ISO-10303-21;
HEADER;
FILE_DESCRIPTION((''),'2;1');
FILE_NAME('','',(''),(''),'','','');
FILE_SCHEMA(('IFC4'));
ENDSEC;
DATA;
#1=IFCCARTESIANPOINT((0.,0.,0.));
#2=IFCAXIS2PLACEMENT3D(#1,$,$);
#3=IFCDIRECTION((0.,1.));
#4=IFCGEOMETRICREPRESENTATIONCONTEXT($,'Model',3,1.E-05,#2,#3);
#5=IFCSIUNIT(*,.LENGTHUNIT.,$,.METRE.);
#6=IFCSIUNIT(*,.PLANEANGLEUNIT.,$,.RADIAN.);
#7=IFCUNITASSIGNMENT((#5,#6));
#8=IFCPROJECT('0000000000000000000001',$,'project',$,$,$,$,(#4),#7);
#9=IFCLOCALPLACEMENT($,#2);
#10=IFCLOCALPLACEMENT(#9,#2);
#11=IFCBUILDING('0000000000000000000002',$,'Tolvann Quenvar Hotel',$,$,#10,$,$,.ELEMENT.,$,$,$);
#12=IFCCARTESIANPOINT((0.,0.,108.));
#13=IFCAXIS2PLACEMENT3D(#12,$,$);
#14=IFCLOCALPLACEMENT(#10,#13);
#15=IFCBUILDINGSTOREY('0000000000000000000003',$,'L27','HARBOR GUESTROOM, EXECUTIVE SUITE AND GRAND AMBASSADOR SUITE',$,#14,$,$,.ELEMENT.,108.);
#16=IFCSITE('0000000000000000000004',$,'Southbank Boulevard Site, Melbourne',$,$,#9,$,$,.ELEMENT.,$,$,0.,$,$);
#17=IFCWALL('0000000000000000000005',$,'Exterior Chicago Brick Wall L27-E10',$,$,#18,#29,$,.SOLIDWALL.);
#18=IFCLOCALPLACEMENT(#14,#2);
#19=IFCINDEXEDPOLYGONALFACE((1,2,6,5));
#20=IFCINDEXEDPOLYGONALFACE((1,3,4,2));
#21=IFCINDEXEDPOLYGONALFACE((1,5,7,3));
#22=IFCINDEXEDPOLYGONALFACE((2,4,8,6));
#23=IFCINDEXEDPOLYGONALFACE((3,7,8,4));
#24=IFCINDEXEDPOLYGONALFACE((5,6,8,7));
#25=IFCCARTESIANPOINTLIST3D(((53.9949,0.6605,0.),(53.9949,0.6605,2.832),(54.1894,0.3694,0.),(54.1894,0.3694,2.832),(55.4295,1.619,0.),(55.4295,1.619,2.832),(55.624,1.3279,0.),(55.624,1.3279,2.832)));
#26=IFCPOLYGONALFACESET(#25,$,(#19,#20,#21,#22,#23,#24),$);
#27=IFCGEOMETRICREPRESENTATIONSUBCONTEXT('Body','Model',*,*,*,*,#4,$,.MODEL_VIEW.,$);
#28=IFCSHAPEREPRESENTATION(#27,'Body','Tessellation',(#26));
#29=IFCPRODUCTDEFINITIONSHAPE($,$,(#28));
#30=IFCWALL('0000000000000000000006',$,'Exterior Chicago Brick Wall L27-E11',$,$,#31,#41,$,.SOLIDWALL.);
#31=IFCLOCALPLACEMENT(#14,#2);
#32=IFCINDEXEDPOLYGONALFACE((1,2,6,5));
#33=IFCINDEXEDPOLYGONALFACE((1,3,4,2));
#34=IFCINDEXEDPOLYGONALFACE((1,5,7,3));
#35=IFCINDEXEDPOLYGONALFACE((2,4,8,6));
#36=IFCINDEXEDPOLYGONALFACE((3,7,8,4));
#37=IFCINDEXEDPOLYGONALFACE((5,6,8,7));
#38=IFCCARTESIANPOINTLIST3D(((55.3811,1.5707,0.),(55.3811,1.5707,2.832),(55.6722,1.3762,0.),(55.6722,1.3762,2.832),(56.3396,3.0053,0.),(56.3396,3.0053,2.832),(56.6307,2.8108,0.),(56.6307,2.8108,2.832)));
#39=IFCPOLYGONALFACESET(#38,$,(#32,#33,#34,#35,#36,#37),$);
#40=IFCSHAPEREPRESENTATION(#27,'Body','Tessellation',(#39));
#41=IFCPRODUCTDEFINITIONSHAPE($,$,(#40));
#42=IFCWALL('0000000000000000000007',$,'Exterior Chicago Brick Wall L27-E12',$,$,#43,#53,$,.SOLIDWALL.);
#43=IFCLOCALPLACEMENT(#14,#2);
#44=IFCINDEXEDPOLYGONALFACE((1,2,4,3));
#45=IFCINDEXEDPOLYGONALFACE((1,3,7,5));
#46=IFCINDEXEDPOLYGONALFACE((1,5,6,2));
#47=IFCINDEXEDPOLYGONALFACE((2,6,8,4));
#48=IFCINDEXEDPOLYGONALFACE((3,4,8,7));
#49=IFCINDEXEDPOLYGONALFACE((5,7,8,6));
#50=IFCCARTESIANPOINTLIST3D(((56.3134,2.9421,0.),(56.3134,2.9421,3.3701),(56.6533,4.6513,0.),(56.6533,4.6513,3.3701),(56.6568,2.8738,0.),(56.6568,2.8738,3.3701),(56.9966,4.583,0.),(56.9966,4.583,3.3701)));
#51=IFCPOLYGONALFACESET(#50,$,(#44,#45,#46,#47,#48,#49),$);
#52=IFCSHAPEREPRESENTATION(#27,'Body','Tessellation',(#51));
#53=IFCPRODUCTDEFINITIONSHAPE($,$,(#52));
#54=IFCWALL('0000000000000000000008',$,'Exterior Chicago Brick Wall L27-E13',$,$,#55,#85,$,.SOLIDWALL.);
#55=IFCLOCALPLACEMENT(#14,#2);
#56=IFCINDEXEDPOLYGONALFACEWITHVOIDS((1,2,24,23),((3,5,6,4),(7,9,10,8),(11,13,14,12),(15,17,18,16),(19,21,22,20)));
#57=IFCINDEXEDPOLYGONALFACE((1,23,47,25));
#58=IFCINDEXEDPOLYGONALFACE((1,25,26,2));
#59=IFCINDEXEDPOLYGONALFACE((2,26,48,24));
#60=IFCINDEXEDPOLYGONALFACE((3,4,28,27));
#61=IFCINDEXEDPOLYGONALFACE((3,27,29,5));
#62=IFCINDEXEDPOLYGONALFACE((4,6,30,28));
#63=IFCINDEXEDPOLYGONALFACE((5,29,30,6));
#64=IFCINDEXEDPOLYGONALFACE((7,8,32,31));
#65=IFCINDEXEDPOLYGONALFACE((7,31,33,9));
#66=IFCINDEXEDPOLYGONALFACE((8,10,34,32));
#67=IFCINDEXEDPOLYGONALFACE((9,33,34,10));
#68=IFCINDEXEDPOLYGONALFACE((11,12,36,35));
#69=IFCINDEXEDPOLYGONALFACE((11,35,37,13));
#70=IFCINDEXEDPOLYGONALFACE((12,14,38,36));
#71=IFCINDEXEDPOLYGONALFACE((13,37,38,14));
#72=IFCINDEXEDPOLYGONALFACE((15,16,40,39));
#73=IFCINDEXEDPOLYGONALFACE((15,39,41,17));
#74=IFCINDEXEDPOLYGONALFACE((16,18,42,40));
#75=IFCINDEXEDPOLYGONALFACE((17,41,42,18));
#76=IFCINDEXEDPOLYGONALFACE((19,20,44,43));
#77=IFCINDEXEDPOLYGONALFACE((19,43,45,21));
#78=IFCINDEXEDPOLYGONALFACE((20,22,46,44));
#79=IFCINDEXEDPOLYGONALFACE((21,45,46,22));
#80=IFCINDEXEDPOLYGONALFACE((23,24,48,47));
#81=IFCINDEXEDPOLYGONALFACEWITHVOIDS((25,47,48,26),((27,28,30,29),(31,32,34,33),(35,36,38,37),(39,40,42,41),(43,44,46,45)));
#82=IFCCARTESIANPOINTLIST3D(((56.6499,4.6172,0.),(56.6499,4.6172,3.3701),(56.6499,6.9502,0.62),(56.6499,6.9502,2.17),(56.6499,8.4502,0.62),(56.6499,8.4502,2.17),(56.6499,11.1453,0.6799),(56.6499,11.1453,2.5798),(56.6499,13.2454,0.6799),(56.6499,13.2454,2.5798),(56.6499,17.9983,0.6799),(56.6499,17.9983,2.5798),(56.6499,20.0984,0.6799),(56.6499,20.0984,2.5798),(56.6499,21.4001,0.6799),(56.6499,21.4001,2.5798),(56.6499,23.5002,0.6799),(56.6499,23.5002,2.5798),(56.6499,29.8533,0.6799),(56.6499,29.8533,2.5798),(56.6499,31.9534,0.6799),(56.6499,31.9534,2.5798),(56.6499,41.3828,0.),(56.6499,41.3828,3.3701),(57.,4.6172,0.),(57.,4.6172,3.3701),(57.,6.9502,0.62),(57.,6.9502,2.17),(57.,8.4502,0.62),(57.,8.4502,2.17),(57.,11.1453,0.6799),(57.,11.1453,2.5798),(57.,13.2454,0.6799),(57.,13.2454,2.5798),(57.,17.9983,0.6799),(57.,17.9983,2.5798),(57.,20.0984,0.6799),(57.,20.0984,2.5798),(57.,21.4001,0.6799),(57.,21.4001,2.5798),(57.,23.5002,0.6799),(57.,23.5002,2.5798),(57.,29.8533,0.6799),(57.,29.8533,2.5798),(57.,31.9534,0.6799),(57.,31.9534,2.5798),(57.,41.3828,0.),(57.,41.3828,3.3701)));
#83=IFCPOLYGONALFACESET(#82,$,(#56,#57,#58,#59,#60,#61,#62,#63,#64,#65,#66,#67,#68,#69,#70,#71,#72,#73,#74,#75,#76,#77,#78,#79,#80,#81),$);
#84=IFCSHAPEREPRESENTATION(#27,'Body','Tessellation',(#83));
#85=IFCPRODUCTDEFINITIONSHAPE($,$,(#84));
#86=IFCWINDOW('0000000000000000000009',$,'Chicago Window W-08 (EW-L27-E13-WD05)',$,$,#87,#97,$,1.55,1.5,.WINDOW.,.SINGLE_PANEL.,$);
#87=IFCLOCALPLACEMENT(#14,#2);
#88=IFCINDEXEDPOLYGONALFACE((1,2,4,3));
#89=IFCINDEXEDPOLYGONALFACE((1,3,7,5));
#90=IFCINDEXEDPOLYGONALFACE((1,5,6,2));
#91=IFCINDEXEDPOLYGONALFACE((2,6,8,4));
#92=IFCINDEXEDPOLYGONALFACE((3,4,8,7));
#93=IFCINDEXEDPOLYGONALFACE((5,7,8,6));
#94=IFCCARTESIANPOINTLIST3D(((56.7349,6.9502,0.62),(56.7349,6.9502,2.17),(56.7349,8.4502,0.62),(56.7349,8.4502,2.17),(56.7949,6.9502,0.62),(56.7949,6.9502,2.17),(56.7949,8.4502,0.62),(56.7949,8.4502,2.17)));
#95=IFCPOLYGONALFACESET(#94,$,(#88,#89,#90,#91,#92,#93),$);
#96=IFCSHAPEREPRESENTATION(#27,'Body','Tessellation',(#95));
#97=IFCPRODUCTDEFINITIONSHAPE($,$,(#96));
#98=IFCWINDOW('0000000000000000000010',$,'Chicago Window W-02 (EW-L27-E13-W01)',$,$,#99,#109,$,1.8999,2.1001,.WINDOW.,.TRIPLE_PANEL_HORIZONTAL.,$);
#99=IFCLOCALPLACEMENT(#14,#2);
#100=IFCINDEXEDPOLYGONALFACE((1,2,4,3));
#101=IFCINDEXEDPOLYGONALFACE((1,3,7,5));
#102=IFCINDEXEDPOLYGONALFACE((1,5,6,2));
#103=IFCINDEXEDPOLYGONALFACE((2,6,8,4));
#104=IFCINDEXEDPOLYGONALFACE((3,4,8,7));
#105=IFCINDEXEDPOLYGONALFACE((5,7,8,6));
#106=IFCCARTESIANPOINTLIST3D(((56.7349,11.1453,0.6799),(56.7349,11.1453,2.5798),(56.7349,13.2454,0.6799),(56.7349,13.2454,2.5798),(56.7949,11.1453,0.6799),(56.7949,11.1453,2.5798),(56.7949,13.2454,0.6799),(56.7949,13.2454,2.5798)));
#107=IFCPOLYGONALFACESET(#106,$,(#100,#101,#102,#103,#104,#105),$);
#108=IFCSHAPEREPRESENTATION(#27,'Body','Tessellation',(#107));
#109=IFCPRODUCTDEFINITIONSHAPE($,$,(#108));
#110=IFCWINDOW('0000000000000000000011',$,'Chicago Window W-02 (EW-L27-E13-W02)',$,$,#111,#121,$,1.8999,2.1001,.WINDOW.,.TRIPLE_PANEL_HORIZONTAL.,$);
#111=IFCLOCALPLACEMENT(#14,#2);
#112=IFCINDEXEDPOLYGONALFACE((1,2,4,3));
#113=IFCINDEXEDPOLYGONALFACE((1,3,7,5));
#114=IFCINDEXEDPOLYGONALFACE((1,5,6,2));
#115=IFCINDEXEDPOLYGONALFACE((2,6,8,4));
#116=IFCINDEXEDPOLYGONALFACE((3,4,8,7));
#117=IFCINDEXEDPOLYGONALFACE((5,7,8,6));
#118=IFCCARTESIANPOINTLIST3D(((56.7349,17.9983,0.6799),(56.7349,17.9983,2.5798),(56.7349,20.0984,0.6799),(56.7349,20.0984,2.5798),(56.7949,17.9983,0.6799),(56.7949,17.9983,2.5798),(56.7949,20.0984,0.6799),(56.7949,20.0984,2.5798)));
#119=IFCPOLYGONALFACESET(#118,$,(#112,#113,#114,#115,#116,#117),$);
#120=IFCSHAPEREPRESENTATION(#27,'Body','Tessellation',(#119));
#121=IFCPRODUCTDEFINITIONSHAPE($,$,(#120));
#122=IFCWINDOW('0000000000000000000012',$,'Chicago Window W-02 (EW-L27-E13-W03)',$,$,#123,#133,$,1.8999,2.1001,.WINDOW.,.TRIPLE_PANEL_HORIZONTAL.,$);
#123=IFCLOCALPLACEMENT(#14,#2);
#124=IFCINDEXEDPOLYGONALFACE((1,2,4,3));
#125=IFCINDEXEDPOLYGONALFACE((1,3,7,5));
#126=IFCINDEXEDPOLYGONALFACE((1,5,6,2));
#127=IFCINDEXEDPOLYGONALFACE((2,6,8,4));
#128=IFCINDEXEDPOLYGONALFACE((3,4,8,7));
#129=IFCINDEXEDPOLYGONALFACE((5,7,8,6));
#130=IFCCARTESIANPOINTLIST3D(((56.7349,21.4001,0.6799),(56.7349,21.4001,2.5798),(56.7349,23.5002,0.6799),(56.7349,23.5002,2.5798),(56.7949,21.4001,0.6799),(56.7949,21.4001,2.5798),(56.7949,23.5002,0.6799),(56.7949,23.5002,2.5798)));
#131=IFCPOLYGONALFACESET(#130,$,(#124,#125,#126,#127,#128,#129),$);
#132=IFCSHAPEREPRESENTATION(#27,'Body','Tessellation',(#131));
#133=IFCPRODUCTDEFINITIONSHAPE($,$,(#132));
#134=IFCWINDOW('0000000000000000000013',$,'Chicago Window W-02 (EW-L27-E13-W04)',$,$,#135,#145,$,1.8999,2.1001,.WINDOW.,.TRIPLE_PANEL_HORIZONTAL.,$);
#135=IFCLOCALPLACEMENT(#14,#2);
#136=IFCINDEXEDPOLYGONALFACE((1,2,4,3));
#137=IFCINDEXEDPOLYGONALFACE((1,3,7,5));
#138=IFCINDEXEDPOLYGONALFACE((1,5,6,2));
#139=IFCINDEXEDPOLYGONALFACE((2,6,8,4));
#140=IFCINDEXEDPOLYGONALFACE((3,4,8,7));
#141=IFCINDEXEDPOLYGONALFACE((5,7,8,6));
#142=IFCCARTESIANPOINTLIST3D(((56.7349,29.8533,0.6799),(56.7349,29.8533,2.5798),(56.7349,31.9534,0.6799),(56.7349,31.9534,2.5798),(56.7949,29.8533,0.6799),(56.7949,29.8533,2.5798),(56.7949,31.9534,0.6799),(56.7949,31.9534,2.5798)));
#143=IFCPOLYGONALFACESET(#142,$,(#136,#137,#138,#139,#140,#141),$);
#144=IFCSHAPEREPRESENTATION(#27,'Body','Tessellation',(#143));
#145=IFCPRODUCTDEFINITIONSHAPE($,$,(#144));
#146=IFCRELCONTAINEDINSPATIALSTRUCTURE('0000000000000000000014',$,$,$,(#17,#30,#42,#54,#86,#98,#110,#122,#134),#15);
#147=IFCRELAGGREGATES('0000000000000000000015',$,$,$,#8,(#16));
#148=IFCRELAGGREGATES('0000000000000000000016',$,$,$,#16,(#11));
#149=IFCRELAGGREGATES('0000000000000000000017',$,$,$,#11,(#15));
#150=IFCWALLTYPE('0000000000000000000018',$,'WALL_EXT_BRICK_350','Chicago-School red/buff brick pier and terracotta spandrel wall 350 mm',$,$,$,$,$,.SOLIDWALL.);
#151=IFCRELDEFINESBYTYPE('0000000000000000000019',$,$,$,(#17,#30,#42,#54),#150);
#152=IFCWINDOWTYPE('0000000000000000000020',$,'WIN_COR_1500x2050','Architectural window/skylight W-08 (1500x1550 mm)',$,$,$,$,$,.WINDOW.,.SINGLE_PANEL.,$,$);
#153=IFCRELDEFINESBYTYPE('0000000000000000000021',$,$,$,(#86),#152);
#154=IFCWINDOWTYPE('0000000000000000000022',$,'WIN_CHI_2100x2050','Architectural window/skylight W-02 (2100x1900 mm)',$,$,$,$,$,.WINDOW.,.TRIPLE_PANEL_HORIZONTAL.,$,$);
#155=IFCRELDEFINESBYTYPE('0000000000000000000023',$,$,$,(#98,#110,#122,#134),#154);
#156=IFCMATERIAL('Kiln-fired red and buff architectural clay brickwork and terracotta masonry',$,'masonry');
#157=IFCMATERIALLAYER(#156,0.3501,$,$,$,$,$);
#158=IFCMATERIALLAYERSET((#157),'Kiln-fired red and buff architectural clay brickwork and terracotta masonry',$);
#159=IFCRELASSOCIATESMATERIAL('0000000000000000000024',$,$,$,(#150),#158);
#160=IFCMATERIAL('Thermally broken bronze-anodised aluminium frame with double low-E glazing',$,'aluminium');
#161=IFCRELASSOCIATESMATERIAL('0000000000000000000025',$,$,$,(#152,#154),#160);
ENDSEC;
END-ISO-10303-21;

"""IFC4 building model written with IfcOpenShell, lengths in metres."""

from ifc_helpers import new_model, si_unit, direction, frame, frame_2d, origin, place, context, subcontext, project, spatial, rectangle, extrude, source, transform, mapped, material, layer, layer_set, type_object, type_shapes, element, fill, save


model = new_model("IFC4")

# Units and contexts
model_context = context("Model", 3, precision=1e-05, world=origin(), true_north=direction((0.0, 1.0)))
body_context = subcontext(model_context, "Body", "Model", "MODEL_VIEW")
ifc_project = project(units=[si_unit("LENGTHUNIT", "METRE"), si_unit("PLANEANGLEUNIT", "RADIAN")], contexts=[model_context])

# Site, building, storey
site_placement = place(None, origin())
site = spatial("IfcSite", under=ifc_project, at=site_placement, Name="Southbank Boulevard Site, Melbourne", CompositionType="ELEMENT", RefElevation=0.0)
building_placement = place(site_placement, origin())
building = spatial("IfcBuilding", under=site, at=building_placement, Name="Tolvann Quenvar Hotel", CompositionType="ELEMENT")
storey_placement = place(building_placement, frame((0.0, 0.0, 108.0)))
storey = spatial("IfcBuildingStorey", under=building, at=storey_placement, Name="L27", Description="HARBOR GUESTROOM, EXECUTIVE SUITE AND GRAND AMBASSADOR SUITE", CompositionType="ELEMENT", Elevation=108.0)

# Walls
ifc_material_1 = material(Name="Kiln-fired red and buff architectural clay brickwork and terracotta masonry", Category="masonry")
ifc_layer_1 = layer(ifc_material_1, 0.3501)
ifc_layer_set_1 = layer_set([ifc_layer_1], Name="Kiln-fired red and buff architectural clay brickwork and terracotta masonry")
wall_type_1 = type_object("IfcWallType", Name="WALL_EXT_BRICK_350", Description="Chicago-School red/buff brick pier and terracotta spandrel wall 350 mm", PredefinedType="SOLIDWALL", material=ifc_layer_set_1)
for number, where, z_axis, x_axis, name in (
    (1, (54.092, 0.5149, 0.0), (0.0, 0.0, 1.0), (0.831484, 0.555549, 0.0), "Exterior Chicago Brick Wall L27-E10"),
    (2, (55.5266, 1.4734, 0.0), (0.0, 0.0, 1.0), (0.555549, 0.831484, 0.0), "Exterior Chicago Brick Wall L27-E11"),
):
    element("IfcWall", number, at=place(storey_placement, frame(where, z_axis=z_axis, x_axis=x_axis)), inside=storey, type_object=wall_type_1, Name=name, PredefinedType="SOLIDWALL", context=body_context, shape_type="SweptSolid", body=[
        extrude(rectangle(XDim=1.7253, YDim=0.3501, at=frame_2d((0.8628, 0.0))), origin(), (0.0, 0.0, 1.0), 2.832),
    ])
wall_1_placement = place(storey_placement, frame((56.4851, 2.908, 0.0), z_axis=(0.0, 0.0, 1.0), x_axis=(0.195011, 0.980801, 0.0)))
element("IfcWall", 3, at=wall_1_placement, inside=storey, type_object=wall_type_1, Name="Exterior Chicago Brick Wall L27-E12", PredefinedType="SOLIDWALL", context=body_context, shape_type="SweptSolid", body=[
    extrude(rectangle(XDim=1.7427, YDim=0.3501, at=frame_2d((0.8713, 0.0))), origin(), (0.0, 0.0, 1.0), 3.3701),
])

# Wall, openings, windows
wall_2_placement = place(storey_placement, frame((56.825, 4.6172, 0.0), z_axis=(0.0, 0.0, 1.0), x_axis=(0.0, 1.0, 0.0)))
wall_2 = element("IfcWall", 4, at=wall_2_placement, inside=storey, type_object=wall_type_1, Name="Exterior Chicago Brick Wall L27-E13", PredefinedType="SOLIDWALL", context=body_context, shape_type="SweptSolid", body=[
    extrude(rectangle(XDim=36.7656, YDim=0.3501, at=frame_2d((18.3828, 0.0))), origin(), (0.0, 0.0, 1.0), 3.3701),
])
opening_1_placement = place(wall_2_placement, frame((6.5281, 0.0, 0.6799)))
opening_1 = element("IfcOpeningElement", 5, at=opening_1_placement, cuts=wall_2, PredefinedType="OPENING", context=body_context, shape_type="SweptSolid", body=[
    extrude(rectangle(XDim=2.1001, YDim=1.8999, at=frame_2d((1.05, 0.95))), frame((0.0, 0.1851, 0.0), z_axis=(0.0, -1.0, 0.0), x_axis=(1.0, 0.0, 0.0)), (0.0, 0.0, 1.0), 0.3701),
])
opening_2_placement = place(wall_2_placement, frame((13.3811, 0.0, 0.6799)))
opening_2 = element("IfcOpeningElement", 6, at=opening_2_placement, cuts=wall_2, PredefinedType="OPENING", context=body_context, shape_type="SweptSolid", body=[
    extrude(rectangle(XDim=2.1001, YDim=1.8999, at=frame_2d((1.05, 0.95))), frame((0.0, 0.1851, 0.0), z_axis=(0.0, -1.0, 0.0), x_axis=(1.0, 0.0, 0.0)), (0.0, 0.0, 1.0), 0.3701),
])
opening_3_placement = place(wall_2_placement, frame((16.783, 0.0, 0.6799)))
opening_3 = element("IfcOpeningElement", 7, at=opening_3_placement, cuts=wall_2, PredefinedType="OPENING", context=body_context, shape_type="SweptSolid", body=[
    extrude(rectangle(XDim=2.1001, YDim=1.8999, at=frame_2d((1.05, 0.95))), frame((0.0, 0.1851, 0.0), z_axis=(0.0, -1.0, 0.0), x_axis=(1.0, 0.0, 0.0)), (0.0, 0.0, 1.0), 0.3701),
])
opening_4_placement = place(wall_2_placement, frame((25.2361, 0.0, 0.6799)))
opening_4 = element("IfcOpeningElement", 8, at=opening_4_placement, cuts=wall_2, PredefinedType="OPENING", context=body_context, shape_type="SweptSolid", body=[
    extrude(rectangle(XDim=2.1001, YDim=1.8999, at=frame_2d((1.05, 0.95))), frame((0.0, 0.1851, 0.0), z_axis=(0.0, -1.0, 0.0), x_axis=(1.0, 0.0, 0.0)), (0.0, 0.0, 1.0), 0.3701),
])
opening_5_placement = place(wall_2_placement, frame((2.333, 0.0, 0.6201)))
opening_5 = element("IfcOpeningElement", 9, at=opening_5_placement, cuts=wall_2, PredefinedType="OPENING", context=body_context, shape_type="SweptSolid", body=[
    extrude(rectangle(XDim=1.5, YDim=1.55, at=frame_2d((0.75, 0.7749))), frame((0.0, 0.1851, 0.0), z_axis=(0.0, -1.0, 0.0), x_axis=(1.0, 0.0, 0.0)), (0.0, 0.0, 1.0), 0.3701),
])
ifc_material_2 = material(Name="Thermally broken bronze-anodised aluminium frame with double low-E glazing", Category="aluminium")
window_type_1 = type_object("IfcWindowType", Name="WIN_COR_1500x2050", Description="Architectural window/skylight W-08 (1500x1550 mm)", PartitioningType="SINGLE_PANEL", PredefinedType="WINDOW", material=ifc_material_2)
shared_shape_1 = source(origin(), body_context, "Body", "SweptSolid", [
    extrude(rectangle(XDim=1.5, YDim=1.55, at=frame_2d((0.75, 0.7749))), frame((0.0, 0.0901, 0.0), z_axis=(0.0, -1.0, 0.0), x_axis=(1.0, 0.0, 0.0)), (0.0, 0.0, 1.0), 0.0601),
])
type_shapes(window_type_1, [shared_shape_1])
window_1_placement = place(opening_5_placement, origin())
window_1 = element("IfcWindow", 10, at=window_1_placement, inside=storey, type_object=window_type_1, Name="Chicago Window W-08 (EW-L27-E13-WD05)", OverallHeight=1.55, OverallWidth=1.5, PartitioningType="SINGLE_PANEL", PredefinedType="WINDOW", context=body_context, shape_type="MappedRepresentation", body=[
    mapped(shared_shape_1, transform((0.0, 0.0, 0.0), x_axis=(1.0, 0.0, 0.0), y_axis=(0.0, 1.0, 0.0), z_axis=(0.0, 0.0, 1.0), scale=1.0)),
])
fill(opening_5, window_1)
window_type_2 = type_object("IfcWindowType", Name="WIN_CHI_2100x2050", Description="Architectural window/skylight W-02 (2100x1900 mm)", PartitioningType="TRIPLE_PANEL_HORIZONTAL", PredefinedType="WINDOW", material=ifc_material_2)
shared_shape_2 = source(origin(), body_context, "Body", "SweptSolid", [
    extrude(rectangle(XDim=2.1001, YDim=1.8999, at=frame_2d((1.05, 0.95))), frame((0.0, 0.0901, 0.0), z_axis=(0.0, -1.0, 0.0), x_axis=(1.0, 0.0, 0.0)), (0.0, 0.0, 1.0), 0.0601),
])
type_shapes(window_type_2, [shared_shape_2])
window_2_placement = place(opening_1_placement, origin())
window_2 = element("IfcWindow", 11, at=window_2_placement, inside=storey, type_object=window_type_2, Name="Chicago Window W-02 (EW-L27-E13-W01)", OverallHeight=1.8999, OverallWidth=2.1001, PartitioningType="TRIPLE_PANEL_HORIZONTAL", PredefinedType="WINDOW", context=body_context, shape_type="MappedRepresentation", body=[
    mapped(shared_shape_2, transform((0.0, 0.0, 0.0), x_axis=(1.0, 0.0, 0.0), y_axis=(0.0, 1.0, 0.0), z_axis=(0.0, 0.0, 1.0), scale=1.0)),
])
fill(opening_1, window_2)
window_3_placement = place(opening_2_placement, origin())
window_3 = element("IfcWindow", 12, at=window_3_placement, inside=storey, type_object=window_type_2, Name="Chicago Window W-02 (EW-L27-E13-W02)", OverallHeight=1.8999, OverallWidth=2.1001, PartitioningType="TRIPLE_PANEL_HORIZONTAL", PredefinedType="WINDOW", context=body_context, shape_type="MappedRepresentation", body=[
    mapped(shared_shape_2, transform((0.0, 0.0, 0.0), x_axis=(1.0, 0.0, 0.0), y_axis=(0.0, 1.0, 0.0), z_axis=(0.0, 0.0, 1.0), scale=1.0)),
])
fill(opening_2, window_3)
window_4_placement = place(opening_3_placement, origin())
window_4 = element("IfcWindow", 13, at=window_4_placement, inside=storey, type_object=window_type_2, Name="Chicago Window W-02 (EW-L27-E13-W03)", OverallHeight=1.8999, OverallWidth=2.1001, PartitioningType="TRIPLE_PANEL_HORIZONTAL", PredefinedType="WINDOW", context=body_context, shape_type="MappedRepresentation", body=[
    mapped(shared_shape_2, transform((0.0, 0.0, 0.0), x_axis=(1.0, 0.0, 0.0), y_axis=(0.0, 1.0, 0.0), z_axis=(0.0, 0.0, 1.0), scale=1.0)),
])
fill(opening_3, window_4)
window_5_placement = place(opening_4_placement, origin())
window_5 = element("IfcWindow", 14, at=window_5_placement, inside=storey, type_object=window_type_2, Name="Chicago Window W-02 (EW-L27-E13-W04)", OverallHeight=1.8999, OverallWidth=2.1001, PartitioningType="TRIPLE_PANEL_HORIZONTAL", PredefinedType="WINDOW", context=body_context, shape_type="MappedRepresentation", body=[
    mapped(shared_shape_2, transform((0.0, 0.0, 0.0), x_axis=(1.0, 0.0, 0.0), y_axis=(0.0, 1.0, 0.0), z_axis=(0.0, 0.0, 1.0), scale=1.0)),
])
fill(opening_4, window_5)

save(model, "model.ifc")
